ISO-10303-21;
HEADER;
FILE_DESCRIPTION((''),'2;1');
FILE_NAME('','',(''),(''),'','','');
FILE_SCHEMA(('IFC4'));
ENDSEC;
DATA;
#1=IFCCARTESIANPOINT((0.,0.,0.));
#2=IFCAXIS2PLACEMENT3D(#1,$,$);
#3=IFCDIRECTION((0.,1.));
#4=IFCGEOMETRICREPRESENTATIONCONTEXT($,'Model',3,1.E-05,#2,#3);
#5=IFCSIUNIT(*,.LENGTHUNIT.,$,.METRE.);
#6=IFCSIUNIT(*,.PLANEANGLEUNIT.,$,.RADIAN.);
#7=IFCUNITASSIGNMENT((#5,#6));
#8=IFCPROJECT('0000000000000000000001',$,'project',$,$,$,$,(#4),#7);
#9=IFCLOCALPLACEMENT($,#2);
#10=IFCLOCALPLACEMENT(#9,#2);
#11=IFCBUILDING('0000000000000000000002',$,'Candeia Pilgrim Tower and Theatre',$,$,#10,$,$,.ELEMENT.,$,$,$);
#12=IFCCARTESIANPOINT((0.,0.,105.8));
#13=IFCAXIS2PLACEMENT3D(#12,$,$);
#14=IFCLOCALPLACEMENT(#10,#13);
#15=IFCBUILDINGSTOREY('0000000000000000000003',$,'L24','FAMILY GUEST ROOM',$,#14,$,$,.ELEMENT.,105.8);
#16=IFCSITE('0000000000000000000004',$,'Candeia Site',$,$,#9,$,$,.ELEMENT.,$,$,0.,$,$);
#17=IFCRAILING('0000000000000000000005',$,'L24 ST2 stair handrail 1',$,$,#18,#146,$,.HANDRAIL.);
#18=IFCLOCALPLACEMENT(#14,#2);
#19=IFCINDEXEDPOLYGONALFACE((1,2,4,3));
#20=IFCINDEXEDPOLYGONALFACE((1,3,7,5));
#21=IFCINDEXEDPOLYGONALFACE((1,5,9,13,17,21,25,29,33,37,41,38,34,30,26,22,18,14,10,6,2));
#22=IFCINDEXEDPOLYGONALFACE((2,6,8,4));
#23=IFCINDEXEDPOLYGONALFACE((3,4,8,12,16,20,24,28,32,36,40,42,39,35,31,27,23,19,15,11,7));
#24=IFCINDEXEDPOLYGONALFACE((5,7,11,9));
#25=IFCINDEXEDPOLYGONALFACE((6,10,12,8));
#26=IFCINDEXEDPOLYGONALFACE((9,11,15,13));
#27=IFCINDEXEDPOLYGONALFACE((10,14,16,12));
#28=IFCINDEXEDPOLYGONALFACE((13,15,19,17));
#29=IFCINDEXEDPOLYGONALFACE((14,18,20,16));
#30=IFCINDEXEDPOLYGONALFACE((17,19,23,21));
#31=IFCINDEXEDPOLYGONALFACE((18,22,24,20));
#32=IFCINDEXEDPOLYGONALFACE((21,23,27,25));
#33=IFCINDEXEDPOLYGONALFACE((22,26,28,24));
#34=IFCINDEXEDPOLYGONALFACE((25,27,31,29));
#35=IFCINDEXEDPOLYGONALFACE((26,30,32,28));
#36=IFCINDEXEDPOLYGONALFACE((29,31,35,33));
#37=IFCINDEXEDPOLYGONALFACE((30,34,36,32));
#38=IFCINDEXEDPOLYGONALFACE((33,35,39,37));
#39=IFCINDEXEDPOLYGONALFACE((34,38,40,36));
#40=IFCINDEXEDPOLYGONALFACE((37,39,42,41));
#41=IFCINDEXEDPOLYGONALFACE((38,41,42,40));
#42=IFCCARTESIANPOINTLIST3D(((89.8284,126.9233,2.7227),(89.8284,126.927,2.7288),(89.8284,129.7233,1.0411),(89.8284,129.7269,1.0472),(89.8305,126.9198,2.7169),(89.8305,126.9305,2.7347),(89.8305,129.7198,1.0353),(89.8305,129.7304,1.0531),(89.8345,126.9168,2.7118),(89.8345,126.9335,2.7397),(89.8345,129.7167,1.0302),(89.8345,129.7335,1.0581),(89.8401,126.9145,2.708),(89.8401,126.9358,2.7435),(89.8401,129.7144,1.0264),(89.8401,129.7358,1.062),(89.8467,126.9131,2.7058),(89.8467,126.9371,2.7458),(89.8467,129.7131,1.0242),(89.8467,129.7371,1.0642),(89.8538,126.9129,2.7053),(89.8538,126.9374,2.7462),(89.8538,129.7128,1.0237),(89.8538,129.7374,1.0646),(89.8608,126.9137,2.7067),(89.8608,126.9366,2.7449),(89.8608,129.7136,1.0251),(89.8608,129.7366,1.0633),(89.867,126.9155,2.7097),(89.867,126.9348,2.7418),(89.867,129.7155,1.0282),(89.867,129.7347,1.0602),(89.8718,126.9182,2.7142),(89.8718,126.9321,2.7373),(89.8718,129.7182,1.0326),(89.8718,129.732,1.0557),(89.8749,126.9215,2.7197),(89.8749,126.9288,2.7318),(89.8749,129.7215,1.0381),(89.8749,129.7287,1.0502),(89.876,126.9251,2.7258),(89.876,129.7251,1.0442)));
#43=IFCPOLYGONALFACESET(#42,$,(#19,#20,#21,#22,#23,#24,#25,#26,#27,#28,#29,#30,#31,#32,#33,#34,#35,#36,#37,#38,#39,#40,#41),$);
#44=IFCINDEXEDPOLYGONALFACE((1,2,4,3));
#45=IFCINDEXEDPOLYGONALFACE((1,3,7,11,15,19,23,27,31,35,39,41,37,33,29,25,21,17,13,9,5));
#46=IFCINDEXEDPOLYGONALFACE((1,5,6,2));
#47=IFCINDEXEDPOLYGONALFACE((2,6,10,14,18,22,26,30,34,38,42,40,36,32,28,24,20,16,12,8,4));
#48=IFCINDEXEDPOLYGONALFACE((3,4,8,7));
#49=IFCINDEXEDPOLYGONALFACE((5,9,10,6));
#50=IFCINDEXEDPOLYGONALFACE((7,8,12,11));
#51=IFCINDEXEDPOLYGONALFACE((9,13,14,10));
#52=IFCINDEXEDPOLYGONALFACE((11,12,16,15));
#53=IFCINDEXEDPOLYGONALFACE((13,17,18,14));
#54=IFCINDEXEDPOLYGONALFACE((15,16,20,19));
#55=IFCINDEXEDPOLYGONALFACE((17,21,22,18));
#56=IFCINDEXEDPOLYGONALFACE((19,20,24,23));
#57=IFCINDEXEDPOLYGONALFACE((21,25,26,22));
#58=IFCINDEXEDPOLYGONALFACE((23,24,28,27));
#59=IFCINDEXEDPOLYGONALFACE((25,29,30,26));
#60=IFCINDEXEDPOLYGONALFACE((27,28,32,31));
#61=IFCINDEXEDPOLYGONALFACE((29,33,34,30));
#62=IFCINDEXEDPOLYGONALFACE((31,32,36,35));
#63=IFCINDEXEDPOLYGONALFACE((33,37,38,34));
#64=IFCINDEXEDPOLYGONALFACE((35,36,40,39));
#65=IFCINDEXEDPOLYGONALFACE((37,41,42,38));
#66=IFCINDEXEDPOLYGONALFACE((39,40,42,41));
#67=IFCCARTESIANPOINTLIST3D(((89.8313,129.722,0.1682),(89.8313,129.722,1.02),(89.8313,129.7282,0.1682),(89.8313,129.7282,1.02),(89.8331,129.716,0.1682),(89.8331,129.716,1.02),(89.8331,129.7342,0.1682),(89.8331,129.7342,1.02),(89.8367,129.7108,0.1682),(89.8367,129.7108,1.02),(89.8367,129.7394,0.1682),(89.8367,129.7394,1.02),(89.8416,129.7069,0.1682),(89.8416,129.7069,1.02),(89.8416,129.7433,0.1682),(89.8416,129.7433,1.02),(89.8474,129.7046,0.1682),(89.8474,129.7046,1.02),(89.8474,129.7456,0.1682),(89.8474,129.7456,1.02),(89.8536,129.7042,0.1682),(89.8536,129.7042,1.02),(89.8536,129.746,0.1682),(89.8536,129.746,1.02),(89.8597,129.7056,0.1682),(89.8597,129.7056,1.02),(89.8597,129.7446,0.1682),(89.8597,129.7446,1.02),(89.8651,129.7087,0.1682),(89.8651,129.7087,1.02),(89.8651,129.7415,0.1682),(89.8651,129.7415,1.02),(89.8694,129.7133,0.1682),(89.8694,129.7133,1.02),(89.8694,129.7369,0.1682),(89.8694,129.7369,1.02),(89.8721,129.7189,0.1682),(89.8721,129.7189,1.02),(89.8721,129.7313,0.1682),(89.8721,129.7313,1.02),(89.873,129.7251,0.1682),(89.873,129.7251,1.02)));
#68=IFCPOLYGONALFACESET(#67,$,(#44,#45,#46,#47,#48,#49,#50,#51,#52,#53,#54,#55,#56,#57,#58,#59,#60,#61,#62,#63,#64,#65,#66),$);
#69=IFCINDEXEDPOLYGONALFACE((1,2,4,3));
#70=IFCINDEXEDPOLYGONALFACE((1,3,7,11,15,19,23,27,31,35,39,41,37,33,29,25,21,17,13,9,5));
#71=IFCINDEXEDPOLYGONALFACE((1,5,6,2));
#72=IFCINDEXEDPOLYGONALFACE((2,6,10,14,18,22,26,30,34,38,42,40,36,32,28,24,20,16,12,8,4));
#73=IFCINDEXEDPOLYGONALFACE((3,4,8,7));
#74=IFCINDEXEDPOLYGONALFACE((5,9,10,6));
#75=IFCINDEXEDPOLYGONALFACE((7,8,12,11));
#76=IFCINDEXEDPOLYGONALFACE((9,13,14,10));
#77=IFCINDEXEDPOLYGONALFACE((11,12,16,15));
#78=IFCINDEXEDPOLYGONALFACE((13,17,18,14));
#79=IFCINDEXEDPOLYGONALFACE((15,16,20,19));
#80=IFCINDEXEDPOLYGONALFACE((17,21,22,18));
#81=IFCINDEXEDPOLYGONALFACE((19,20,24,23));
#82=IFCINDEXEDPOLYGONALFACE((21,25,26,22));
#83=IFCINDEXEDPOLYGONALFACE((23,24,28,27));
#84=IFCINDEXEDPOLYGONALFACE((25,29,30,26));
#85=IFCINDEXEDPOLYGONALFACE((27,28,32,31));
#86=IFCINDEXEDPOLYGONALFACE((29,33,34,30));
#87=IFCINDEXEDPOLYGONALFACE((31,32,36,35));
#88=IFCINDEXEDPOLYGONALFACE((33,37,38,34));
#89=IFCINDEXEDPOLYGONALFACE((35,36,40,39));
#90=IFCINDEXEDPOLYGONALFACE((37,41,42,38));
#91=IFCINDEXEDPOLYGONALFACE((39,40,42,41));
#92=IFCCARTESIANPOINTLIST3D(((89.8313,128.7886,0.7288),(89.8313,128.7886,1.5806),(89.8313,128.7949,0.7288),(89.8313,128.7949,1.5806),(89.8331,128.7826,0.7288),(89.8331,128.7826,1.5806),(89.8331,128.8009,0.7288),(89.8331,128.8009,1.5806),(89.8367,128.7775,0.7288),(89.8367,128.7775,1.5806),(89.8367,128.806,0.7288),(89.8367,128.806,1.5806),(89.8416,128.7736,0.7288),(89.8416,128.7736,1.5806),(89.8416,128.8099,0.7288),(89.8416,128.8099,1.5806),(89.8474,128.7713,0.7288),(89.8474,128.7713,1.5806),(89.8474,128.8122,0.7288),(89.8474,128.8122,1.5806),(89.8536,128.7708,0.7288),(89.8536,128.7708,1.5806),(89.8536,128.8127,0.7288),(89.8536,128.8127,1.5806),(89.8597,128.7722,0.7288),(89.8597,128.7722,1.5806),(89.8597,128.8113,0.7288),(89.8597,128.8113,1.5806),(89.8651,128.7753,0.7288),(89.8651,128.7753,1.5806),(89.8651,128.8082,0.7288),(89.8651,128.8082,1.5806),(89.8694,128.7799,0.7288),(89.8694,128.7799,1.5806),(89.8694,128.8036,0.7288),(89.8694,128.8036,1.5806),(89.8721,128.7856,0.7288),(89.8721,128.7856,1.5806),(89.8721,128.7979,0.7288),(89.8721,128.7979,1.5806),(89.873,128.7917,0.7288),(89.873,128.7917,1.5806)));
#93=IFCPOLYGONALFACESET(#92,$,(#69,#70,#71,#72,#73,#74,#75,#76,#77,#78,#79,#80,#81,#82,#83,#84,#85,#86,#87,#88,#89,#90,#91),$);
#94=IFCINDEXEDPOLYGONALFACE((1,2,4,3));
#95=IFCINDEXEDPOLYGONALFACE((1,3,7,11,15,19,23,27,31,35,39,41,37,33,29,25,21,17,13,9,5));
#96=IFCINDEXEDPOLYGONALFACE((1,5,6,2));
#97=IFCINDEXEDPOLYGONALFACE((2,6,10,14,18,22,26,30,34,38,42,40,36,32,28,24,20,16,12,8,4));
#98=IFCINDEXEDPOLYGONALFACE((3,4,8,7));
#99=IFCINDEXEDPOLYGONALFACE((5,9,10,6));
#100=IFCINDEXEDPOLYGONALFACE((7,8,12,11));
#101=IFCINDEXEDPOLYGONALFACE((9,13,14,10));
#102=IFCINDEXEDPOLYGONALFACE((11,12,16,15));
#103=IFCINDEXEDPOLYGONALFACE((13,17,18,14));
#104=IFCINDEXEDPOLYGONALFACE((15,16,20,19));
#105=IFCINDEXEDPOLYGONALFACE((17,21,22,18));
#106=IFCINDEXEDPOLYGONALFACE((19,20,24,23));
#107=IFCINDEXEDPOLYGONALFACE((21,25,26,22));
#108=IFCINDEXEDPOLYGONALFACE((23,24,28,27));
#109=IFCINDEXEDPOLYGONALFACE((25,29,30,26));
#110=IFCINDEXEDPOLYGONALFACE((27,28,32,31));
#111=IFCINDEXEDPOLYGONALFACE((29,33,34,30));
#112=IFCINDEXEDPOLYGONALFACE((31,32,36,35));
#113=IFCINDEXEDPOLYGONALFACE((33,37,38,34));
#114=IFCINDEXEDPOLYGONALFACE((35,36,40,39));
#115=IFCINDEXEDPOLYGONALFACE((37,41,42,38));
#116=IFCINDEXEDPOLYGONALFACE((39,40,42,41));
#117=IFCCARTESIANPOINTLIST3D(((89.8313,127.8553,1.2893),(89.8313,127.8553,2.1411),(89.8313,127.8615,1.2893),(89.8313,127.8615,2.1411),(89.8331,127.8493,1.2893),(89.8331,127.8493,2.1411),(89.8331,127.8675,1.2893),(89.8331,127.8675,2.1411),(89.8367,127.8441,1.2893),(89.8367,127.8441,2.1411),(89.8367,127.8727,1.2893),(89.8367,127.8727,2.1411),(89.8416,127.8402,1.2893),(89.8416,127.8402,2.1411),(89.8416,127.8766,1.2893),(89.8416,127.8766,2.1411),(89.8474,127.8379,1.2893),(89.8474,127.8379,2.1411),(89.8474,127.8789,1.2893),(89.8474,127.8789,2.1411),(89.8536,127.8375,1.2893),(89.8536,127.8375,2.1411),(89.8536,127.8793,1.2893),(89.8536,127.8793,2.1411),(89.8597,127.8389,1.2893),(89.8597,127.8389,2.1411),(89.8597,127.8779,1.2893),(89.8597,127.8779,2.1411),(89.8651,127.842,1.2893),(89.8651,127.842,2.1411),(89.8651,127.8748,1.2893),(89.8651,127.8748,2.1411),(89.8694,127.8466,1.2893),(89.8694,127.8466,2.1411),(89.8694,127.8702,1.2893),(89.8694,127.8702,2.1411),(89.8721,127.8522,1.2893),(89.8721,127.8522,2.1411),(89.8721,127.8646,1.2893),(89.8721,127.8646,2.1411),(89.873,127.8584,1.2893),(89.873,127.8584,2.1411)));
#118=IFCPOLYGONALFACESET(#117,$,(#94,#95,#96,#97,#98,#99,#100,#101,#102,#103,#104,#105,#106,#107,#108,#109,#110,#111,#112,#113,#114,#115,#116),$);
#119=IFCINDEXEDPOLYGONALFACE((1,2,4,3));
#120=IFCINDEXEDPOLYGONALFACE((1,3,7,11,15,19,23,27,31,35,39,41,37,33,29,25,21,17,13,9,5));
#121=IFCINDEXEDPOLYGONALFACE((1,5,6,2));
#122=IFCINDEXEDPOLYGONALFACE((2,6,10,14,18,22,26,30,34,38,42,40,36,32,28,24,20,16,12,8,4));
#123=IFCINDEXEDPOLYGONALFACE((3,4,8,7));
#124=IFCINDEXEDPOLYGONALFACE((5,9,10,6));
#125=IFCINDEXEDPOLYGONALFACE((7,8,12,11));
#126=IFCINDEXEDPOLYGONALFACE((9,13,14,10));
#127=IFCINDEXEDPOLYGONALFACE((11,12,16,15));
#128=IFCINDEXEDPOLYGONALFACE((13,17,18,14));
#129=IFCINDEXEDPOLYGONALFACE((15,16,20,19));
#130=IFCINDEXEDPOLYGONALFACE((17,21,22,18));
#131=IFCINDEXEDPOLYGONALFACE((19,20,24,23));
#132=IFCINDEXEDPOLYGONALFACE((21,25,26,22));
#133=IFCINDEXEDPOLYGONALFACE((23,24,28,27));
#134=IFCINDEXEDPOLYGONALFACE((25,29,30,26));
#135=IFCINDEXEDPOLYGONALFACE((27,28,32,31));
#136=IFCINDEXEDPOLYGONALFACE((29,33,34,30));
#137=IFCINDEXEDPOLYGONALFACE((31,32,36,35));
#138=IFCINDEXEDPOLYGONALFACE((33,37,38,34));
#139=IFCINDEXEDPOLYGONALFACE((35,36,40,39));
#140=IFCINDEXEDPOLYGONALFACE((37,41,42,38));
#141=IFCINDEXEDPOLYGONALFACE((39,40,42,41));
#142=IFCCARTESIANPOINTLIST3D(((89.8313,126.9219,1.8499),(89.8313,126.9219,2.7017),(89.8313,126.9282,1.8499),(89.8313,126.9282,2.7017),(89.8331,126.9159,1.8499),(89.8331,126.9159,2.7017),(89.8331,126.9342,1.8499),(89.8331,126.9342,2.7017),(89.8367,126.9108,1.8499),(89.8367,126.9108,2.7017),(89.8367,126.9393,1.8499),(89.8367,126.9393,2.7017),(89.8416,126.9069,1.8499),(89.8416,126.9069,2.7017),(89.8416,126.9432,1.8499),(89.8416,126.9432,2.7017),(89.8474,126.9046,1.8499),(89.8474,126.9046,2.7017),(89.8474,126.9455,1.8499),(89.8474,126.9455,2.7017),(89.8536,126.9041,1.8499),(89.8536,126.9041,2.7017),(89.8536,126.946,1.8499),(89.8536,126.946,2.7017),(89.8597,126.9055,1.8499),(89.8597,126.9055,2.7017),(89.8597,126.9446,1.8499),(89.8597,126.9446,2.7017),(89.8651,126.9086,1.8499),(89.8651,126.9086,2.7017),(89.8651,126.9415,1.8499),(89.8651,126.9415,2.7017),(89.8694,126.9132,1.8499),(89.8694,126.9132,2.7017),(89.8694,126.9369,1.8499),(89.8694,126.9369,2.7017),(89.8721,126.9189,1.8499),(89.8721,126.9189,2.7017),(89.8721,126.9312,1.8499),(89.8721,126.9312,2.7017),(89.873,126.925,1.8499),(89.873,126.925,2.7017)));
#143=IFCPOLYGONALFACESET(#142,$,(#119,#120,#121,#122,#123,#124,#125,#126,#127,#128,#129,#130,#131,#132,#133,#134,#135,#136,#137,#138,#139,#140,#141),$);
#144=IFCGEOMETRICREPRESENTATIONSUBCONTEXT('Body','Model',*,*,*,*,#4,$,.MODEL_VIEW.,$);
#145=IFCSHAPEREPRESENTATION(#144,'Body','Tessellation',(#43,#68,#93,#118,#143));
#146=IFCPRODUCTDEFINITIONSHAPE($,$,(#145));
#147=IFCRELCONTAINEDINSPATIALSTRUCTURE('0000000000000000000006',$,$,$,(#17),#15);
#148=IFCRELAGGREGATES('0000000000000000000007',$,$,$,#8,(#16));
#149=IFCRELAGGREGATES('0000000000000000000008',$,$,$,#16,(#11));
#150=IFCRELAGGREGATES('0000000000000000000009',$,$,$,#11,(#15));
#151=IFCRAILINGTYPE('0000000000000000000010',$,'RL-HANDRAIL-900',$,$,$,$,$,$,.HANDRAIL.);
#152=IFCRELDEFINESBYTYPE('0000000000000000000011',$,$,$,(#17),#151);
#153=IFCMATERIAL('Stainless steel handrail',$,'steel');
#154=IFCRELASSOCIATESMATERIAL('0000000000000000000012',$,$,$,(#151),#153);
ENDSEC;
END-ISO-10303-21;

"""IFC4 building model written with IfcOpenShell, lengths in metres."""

from ifc_helpers import new_model, si_unit, direction, frame, origin, origin_2d, place, context, subcontext, project, spatial, circle, extrude, material, type_object, element, save


model = new_model("IFC4")

# Units and contexts
model_context = context("Model", 3, precision=1e-05, world=origin(), true_north=direction((0.0, 1.0)))
body_context = subcontext(model_context, "Body", "Model", "MODEL_VIEW")
ifc_project = project(units=[si_unit("LENGTHUNIT", "METRE"), si_unit("PLANEANGLEUNIT", "RADIAN")], contexts=[model_context])

# Site, building, storey
site_placement = place(None, origin())
site = spatial("IfcSite", under=ifc_project, at=site_placement, Name="Candeia Site", CompositionType="ELEMENT", RefElevation=0.0)
building_placement = place(site_placement, origin())
building = spatial("IfcBuilding", under=site, at=building_placement, Name="Candeia Pilgrim Tower and Theatre", CompositionType="ELEMENT")
storey_placement = place(building_placement, frame((0.0, 0.0, 105.8)))
storey = spatial("IfcBuildingStorey", under=building, at=storey_placement, Name="L24", Description="FAMILY GUEST ROOM", CompositionType="ELEMENT", Elevation=105.8)

# Railing
ifc_material_1 = material(Name="Stainless steel handrail", Category="steel")
railing_type_1 = type_object("IfcRailingType", Name="RL-HANDRAIL-900", PredefinedType="HANDRAIL", material=ifc_material_1)
railing_1_placement = place(storey_placement, frame((89.8521, 129.7251, 0.1682)))
element("IfcRailing", 1, at=railing_1_placement, inside=storey, type_object=railing_type_1, Name="L24 ST2 stair handrail 1", PredefinedType="HANDRAIL", context=body_context, shape_type="SweptSolid", body=[
    extrude(circle(Radius=0.0239, at=origin_2d()), frame((0.0, 0.0, 0.876), z_axis=(0.0, -0.857275, 0.514858), x_axis=(1.0, 0.0, 0.0)), (0.0, 0.0, 1.0), 3.2661),
    extrude(circle(Radius=0.021, at=origin_2d()), origin(), (0.0, 0.0, 1.0), 0.8518),
    extrude(circle(Radius=0.021, at=origin_2d()), frame((0.0, -0.9333, 0.5605)), (0.0, 0.0, 1.0), 0.8518),
    extrude(circle(Radius=0.021, at=origin_2d()), frame((0.0, -1.8667, 1.1211)), (0.0, 0.0, 1.0), 0.8518),
    extrude(circle(Radius=0.021, at=origin_2d()), frame((0.0, -2.8, 1.6816)), (0.0, 0.0, 1.0), 0.8518),
])

save(model, "model.ifc")
